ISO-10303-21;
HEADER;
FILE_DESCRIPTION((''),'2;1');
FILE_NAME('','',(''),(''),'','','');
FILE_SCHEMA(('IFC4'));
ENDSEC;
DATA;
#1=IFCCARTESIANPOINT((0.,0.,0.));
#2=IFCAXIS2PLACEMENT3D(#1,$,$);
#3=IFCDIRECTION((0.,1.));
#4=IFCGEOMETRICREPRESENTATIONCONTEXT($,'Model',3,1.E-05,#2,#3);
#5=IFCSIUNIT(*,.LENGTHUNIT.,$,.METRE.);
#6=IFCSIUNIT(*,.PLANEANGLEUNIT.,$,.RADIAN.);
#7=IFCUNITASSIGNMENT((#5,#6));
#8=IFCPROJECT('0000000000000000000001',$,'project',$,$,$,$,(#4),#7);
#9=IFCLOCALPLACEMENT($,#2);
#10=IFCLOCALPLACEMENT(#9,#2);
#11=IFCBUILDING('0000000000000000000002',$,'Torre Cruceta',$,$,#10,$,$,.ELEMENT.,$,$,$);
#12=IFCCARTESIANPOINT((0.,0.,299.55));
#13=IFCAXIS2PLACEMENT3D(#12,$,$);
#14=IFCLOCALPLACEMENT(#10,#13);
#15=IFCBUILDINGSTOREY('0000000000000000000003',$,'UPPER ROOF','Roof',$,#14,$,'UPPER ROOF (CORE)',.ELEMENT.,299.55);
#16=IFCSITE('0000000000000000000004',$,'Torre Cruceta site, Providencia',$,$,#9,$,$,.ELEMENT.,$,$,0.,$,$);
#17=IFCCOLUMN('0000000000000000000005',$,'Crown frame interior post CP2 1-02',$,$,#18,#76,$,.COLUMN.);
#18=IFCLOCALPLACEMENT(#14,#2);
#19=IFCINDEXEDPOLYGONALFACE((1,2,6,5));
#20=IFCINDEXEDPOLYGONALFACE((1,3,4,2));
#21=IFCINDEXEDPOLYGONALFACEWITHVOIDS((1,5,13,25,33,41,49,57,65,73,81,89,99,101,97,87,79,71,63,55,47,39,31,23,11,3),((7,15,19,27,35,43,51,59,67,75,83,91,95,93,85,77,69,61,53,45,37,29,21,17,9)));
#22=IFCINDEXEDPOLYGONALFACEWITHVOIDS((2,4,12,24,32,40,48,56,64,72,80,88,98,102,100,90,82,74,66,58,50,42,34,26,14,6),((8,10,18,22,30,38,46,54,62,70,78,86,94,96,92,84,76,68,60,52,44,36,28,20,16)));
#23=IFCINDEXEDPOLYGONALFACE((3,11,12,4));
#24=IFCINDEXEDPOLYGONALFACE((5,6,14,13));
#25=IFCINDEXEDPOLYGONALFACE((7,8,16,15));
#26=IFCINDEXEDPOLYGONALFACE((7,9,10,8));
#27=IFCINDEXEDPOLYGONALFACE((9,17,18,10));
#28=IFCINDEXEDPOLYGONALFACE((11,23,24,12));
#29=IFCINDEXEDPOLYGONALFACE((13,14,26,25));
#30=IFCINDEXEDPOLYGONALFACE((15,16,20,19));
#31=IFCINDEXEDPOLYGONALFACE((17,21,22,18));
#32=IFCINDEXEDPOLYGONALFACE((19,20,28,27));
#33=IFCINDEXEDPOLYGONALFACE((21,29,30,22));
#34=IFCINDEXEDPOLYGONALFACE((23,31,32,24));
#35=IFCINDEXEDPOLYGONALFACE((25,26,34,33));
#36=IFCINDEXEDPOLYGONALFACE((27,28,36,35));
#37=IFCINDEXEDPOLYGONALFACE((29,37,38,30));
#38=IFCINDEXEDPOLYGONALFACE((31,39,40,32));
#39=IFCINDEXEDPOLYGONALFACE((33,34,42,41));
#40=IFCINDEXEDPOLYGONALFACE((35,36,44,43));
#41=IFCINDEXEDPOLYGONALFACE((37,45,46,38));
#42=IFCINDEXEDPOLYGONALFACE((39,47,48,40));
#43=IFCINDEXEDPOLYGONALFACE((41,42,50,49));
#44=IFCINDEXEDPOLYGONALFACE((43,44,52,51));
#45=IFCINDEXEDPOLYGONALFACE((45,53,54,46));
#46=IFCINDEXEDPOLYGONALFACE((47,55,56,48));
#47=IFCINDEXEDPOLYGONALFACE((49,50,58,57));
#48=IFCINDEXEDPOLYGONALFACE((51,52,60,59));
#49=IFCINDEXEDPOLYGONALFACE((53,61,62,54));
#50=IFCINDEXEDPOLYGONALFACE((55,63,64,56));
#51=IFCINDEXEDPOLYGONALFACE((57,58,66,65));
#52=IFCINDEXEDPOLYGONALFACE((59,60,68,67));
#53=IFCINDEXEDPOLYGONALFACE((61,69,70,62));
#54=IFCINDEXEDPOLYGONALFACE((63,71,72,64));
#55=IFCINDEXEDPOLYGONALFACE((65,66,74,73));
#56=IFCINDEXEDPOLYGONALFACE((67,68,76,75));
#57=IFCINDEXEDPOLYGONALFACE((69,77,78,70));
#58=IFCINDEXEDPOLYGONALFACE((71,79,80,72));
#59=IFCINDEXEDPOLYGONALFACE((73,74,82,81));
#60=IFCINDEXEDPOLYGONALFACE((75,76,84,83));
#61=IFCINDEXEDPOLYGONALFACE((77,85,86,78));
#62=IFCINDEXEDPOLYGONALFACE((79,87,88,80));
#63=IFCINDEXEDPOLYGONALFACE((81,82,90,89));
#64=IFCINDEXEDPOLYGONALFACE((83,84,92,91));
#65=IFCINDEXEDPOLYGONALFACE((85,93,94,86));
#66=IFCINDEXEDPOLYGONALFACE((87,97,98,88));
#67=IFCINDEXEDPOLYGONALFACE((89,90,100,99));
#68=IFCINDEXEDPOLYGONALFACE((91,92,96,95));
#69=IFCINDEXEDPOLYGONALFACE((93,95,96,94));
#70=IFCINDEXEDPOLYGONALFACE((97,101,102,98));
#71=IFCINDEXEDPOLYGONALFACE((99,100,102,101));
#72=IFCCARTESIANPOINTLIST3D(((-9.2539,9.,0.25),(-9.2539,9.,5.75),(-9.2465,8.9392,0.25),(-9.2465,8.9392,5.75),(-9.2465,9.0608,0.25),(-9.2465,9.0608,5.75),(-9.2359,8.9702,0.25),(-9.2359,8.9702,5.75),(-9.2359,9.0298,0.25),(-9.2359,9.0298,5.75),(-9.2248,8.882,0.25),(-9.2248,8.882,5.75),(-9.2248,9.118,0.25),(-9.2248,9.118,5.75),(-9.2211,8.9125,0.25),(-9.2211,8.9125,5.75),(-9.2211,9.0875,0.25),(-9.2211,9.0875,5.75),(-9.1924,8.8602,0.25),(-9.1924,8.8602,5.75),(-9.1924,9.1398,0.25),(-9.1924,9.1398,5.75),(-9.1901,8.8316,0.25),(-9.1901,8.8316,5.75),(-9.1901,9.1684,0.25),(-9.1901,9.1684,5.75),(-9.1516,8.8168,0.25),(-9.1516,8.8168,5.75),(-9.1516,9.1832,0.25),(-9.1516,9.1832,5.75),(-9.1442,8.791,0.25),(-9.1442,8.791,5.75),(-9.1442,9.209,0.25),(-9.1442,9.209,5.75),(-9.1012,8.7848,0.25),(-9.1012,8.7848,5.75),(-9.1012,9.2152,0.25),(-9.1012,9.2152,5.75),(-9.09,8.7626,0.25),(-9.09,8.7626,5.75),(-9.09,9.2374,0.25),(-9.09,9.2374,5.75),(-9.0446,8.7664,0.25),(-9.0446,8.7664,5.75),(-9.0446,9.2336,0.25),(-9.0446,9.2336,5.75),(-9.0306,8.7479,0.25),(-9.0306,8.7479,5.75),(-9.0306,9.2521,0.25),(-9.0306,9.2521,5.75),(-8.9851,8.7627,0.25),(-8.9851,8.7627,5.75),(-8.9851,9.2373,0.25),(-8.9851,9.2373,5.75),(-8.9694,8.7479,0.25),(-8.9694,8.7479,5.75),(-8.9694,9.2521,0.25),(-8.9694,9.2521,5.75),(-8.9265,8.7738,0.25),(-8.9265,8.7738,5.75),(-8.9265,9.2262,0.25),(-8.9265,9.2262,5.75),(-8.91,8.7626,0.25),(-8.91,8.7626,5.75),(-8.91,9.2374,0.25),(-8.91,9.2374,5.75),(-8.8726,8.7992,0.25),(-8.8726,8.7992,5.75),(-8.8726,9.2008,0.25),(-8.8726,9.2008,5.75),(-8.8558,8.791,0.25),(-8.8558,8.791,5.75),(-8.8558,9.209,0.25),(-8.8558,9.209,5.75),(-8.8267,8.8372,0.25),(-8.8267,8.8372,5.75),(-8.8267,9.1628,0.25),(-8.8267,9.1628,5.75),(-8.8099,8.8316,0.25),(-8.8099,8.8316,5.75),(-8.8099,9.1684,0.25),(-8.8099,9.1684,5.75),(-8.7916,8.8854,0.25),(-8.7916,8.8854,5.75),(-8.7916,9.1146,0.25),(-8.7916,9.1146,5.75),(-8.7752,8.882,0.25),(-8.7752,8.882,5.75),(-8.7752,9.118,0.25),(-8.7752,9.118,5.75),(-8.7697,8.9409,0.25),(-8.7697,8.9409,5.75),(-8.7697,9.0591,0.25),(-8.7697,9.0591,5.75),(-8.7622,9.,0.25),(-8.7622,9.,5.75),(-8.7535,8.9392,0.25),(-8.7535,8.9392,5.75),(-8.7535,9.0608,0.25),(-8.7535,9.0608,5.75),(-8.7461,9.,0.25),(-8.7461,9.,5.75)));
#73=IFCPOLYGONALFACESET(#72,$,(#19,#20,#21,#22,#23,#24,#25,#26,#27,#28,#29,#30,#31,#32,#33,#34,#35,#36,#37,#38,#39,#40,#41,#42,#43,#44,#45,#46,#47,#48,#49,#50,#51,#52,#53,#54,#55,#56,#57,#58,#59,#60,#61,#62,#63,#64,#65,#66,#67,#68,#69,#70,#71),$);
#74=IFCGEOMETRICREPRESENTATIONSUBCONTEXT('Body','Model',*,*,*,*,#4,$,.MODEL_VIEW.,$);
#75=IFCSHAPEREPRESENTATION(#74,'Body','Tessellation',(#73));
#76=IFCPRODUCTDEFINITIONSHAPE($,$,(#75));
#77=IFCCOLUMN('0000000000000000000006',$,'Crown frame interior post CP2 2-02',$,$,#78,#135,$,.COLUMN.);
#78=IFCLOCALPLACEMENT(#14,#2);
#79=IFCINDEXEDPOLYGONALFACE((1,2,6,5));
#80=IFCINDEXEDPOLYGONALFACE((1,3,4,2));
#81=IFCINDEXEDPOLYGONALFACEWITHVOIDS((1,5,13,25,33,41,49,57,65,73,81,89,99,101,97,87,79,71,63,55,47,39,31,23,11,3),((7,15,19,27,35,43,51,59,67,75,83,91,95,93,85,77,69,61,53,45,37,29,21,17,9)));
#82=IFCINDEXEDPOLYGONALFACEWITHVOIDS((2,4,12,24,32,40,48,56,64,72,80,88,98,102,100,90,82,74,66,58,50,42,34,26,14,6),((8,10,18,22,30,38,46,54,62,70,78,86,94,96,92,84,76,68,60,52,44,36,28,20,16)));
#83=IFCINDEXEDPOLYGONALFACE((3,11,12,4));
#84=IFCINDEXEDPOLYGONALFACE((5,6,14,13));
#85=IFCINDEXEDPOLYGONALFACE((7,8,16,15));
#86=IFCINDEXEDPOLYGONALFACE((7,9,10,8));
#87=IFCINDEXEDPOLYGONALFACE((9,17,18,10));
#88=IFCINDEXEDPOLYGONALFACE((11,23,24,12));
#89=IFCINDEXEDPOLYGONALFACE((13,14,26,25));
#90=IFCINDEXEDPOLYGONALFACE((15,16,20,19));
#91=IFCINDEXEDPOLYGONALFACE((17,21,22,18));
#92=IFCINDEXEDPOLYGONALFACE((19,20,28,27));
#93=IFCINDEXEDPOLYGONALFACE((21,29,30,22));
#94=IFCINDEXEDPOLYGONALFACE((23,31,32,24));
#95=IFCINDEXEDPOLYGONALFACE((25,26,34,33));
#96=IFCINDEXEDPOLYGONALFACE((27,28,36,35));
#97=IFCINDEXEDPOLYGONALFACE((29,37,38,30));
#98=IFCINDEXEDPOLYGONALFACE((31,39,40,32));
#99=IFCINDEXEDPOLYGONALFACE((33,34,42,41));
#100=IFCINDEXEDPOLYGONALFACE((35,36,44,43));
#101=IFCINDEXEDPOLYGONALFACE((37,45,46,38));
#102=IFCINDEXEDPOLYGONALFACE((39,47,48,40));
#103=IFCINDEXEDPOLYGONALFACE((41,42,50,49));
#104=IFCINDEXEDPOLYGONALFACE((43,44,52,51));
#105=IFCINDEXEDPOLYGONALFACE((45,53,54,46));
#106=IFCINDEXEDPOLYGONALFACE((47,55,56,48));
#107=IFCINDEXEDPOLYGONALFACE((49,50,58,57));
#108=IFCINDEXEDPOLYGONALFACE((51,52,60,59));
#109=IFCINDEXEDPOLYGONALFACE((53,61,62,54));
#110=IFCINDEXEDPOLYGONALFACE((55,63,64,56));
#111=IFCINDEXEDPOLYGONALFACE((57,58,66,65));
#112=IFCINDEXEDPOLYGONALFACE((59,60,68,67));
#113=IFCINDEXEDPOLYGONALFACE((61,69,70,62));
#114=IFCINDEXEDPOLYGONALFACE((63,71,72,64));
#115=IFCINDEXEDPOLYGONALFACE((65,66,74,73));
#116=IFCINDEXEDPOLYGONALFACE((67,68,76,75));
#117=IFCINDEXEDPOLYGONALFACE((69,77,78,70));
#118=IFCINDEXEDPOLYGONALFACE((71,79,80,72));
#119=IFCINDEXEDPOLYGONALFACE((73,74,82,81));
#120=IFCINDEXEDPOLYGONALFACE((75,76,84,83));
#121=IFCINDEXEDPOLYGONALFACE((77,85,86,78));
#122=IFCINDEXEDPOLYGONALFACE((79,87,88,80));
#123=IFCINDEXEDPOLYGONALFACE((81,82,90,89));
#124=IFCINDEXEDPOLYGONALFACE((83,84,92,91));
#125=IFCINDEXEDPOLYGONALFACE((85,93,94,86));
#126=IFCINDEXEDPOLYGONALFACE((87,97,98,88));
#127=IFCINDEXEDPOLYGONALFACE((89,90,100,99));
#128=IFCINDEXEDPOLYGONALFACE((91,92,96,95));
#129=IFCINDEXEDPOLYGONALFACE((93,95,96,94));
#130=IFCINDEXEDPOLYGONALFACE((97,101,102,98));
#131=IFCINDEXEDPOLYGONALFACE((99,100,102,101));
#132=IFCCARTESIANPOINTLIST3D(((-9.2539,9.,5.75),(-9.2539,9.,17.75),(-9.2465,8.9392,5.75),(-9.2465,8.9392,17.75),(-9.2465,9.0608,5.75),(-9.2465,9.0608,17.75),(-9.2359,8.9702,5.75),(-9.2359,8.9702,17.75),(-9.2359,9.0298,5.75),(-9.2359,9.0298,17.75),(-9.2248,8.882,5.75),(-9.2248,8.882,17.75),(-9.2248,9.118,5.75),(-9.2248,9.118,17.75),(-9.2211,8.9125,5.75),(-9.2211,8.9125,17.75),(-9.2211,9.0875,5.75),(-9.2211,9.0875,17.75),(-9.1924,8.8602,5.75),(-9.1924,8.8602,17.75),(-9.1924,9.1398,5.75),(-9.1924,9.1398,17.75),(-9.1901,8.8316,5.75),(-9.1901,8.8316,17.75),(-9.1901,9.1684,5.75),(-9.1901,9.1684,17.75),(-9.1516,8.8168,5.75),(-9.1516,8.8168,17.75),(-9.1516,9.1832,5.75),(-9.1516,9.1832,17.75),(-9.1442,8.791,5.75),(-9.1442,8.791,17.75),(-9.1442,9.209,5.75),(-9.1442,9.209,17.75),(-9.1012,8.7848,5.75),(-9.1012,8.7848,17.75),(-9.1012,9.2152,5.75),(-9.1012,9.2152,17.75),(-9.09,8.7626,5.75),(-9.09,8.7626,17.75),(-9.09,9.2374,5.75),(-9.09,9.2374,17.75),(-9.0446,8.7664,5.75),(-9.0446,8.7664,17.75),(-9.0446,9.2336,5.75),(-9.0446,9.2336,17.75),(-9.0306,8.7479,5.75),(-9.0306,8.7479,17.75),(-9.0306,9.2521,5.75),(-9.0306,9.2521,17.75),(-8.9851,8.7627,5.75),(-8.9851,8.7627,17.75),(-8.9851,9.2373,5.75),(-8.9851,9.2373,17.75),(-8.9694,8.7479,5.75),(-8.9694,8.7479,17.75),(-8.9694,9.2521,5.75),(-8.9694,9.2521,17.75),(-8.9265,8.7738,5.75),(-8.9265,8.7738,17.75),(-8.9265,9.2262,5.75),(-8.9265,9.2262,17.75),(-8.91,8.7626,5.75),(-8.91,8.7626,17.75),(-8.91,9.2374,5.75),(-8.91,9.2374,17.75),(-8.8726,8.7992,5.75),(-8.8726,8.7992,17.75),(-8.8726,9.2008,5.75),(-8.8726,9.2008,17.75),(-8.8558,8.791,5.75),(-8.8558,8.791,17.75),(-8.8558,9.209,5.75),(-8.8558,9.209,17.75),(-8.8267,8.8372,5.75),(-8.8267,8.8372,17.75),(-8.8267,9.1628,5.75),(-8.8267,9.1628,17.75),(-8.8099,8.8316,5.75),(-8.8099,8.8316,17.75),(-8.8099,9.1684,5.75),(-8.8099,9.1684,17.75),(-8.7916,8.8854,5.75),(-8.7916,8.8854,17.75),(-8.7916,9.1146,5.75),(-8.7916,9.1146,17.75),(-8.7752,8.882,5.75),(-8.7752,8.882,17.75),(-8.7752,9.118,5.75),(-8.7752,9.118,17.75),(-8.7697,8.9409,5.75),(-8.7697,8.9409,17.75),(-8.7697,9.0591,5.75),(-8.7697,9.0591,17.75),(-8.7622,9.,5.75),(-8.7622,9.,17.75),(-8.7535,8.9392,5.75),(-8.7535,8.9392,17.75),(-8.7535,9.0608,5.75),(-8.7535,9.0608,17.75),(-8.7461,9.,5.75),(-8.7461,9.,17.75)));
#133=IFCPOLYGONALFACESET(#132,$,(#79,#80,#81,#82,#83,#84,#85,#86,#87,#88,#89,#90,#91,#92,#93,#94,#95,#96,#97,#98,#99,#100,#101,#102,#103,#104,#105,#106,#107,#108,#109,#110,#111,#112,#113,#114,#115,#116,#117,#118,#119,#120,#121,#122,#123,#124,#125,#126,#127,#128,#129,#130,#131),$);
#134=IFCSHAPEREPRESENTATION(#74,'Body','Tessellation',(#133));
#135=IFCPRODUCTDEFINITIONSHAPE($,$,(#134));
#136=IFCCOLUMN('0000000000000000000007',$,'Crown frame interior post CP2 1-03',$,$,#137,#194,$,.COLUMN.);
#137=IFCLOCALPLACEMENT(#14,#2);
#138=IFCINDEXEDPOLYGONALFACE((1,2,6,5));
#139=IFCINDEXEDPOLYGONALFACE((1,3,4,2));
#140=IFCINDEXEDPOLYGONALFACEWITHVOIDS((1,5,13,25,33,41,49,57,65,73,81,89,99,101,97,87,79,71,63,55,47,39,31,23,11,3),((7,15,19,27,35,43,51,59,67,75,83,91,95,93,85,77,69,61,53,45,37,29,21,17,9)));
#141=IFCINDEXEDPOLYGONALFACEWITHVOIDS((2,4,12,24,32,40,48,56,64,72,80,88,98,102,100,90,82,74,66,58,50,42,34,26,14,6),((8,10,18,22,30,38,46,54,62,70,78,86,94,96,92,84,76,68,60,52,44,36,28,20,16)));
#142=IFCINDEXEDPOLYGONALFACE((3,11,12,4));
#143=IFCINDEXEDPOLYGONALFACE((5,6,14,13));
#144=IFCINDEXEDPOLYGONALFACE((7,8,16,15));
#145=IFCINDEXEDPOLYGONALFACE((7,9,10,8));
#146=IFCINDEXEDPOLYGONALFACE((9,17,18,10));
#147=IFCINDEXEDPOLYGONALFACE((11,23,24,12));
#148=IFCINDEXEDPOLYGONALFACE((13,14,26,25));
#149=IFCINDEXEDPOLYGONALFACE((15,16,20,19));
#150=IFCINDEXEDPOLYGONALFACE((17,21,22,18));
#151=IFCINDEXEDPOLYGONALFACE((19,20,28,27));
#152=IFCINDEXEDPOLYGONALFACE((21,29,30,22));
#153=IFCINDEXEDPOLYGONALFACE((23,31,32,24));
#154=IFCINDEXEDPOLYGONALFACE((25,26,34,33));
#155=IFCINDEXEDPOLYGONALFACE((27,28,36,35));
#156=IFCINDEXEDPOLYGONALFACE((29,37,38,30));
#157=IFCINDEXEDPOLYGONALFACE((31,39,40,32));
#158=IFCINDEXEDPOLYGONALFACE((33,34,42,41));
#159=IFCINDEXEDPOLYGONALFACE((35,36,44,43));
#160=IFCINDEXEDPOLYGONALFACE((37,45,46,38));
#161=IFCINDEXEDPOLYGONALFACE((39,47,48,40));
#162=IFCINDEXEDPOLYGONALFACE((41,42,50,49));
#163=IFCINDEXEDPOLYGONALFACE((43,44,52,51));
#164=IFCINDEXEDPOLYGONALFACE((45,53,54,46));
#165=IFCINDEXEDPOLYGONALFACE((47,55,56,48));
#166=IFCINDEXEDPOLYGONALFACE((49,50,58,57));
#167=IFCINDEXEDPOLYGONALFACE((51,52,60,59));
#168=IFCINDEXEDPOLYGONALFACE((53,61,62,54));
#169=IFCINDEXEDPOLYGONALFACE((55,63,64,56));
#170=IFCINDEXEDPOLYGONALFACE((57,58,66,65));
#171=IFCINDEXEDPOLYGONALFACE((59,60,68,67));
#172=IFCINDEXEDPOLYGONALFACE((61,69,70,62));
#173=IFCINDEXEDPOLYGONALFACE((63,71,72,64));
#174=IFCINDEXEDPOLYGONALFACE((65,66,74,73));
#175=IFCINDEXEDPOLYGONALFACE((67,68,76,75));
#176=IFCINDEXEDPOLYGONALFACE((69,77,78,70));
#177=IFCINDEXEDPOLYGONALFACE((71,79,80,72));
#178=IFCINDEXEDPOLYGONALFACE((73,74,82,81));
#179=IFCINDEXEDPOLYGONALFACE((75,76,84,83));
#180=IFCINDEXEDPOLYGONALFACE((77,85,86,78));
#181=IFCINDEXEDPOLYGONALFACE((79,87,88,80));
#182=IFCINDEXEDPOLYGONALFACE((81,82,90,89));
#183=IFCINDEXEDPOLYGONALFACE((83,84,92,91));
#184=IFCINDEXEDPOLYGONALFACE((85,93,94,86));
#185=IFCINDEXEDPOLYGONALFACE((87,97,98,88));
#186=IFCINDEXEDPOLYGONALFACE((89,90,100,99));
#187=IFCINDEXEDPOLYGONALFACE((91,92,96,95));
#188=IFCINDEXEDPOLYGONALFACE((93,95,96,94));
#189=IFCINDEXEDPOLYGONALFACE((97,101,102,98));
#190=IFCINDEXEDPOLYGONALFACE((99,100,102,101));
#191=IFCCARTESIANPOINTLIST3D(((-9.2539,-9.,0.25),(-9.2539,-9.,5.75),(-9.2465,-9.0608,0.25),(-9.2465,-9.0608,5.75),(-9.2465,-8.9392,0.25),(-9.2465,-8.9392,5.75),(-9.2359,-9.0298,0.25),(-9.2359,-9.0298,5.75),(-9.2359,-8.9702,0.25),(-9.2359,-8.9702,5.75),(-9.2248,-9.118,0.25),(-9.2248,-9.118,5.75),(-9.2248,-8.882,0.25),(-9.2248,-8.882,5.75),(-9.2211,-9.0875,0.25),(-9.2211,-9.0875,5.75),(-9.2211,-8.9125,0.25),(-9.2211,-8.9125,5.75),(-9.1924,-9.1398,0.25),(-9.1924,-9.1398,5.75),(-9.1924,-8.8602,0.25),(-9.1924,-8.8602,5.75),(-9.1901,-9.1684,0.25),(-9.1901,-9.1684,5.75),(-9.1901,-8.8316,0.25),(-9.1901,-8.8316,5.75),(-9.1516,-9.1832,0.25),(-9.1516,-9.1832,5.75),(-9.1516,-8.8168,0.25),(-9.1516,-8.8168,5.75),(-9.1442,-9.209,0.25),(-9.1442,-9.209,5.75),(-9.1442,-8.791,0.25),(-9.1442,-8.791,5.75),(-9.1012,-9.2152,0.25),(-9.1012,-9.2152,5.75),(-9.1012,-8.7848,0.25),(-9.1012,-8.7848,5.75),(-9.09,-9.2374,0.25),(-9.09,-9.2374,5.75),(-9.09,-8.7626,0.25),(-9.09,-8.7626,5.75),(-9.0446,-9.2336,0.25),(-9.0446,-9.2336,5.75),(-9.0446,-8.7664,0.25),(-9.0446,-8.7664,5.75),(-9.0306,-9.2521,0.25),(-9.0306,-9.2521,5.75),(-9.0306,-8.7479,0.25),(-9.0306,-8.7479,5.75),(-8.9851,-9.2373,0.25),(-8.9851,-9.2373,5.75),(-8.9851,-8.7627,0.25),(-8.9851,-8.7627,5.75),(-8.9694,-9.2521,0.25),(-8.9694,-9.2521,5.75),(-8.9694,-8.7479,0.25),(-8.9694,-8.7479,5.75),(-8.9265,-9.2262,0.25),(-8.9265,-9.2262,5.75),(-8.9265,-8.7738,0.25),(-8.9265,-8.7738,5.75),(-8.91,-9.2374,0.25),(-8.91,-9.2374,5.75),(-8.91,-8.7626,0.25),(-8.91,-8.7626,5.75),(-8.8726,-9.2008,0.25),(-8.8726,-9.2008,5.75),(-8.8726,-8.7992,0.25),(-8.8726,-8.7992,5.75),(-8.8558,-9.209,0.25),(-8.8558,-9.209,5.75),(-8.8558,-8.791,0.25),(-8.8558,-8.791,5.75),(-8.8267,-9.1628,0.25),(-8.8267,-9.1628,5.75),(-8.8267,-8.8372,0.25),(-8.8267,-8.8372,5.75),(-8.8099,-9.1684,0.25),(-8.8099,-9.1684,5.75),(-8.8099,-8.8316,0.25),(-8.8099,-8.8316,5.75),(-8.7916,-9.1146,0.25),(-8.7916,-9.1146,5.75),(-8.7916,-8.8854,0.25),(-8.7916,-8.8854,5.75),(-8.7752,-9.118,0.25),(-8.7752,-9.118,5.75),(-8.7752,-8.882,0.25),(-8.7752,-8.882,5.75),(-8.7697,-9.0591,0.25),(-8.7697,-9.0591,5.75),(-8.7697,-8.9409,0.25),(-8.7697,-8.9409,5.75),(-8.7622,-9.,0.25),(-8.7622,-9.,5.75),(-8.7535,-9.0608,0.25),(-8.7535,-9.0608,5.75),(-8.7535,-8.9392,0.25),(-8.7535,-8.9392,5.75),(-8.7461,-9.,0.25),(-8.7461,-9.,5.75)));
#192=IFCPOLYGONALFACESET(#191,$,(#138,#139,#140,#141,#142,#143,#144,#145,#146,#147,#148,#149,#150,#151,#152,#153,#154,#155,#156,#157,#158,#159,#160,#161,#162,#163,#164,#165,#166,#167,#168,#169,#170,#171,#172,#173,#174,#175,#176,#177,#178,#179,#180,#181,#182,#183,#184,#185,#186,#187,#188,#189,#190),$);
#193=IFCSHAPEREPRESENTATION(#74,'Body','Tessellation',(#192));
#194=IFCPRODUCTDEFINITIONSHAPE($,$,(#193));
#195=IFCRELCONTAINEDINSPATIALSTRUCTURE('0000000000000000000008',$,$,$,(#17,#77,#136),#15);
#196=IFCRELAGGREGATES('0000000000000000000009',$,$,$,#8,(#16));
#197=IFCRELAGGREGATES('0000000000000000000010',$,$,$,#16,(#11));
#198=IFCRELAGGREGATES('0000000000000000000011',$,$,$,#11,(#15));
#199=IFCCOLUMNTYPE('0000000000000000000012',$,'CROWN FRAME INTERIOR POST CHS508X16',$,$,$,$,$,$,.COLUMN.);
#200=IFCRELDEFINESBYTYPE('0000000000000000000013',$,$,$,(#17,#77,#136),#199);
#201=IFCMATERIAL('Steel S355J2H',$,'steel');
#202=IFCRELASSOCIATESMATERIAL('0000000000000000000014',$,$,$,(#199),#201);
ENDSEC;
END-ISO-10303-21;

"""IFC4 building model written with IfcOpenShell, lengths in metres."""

from ifc_helpers import new_model, si_unit, direction, frame, origin, origin_2d, place, context, subcontext, project, spatial, hollow_circle, extrude, material, material_profile, profile_set, type_object, element, save


model = new_model("IFC4")

# Units and contexts
model_context = context("Model", 3, precision=1e-05, world=origin(), true_north=direction((0.0, 1.0)))
body_context = subcontext(model_context, "Body", "Model", "MODEL_VIEW")
ifc_project = project(units=[si_unit("LENGTHUNIT", "METRE"), si_unit("PLANEANGLEUNIT", "RADIAN")], contexts=[model_context])

# Site, building, storey
site_placement = place(None, origin())
site = spatial("IfcSite", under=ifc_project, at=site_placement, Name="Torre Cruceta site, Providencia", CompositionType="ELEMENT", RefElevation=0.0)
building_placement = place(site_placement, origin())
building = spatial("IfcBuilding", under=site, at=building_placement, Name="Torre Cruceta", CompositionType="ELEMENT")
storey_placement = place(building_placement, frame((0.0, 0.0, 299.55)))
storey = spatial("IfcBuildingStorey", under=building, at=storey_placement, Name="UPPER ROOF", Description="Roof", LongName="UPPER ROOF (CORE)", CompositionType="ELEMENT", Elevation=299.55)

# Columns
ifc_material_1 = material(Name="Steel S355J2H", Category="steel")
ifc_material_profile_1 = material_profile(ifc_material_1, hollow_circle(Radius=0.2539, WallThickness=0.0161, at=origin_2d()), Name="CHS508X16")
ifc_profile_set_1 = profile_set([ifc_material_profile_1], Name="Steel S355J2H")
column_type_1 = type_object("IfcColumnType", Name="CROWN FRAME INTERIOR POST CHS508X16", PredefinedType="COLUMN", material=ifc_profile_set_1)
column_1_placement = place(storey_placement, frame((-9.0, 9.0, 0.25), z_axis=(0.0, 0.0, 1.0), x_axis=(1.0, 0.0, 0.0)))
element("IfcColumn", 1, at=column_1_placement, inside=storey, type_object=column_type_1, Name="Crown frame interior post CP2 1-02", PredefinedType="COLUMN", context=body_context, shape_type="SweptSolid", body=[
    extrude(hollow_circle(Radius=0.2539, WallThickness=0.0161, at=origin_2d()), origin(), (0.0, 0.0, 1.0), 5.5),
])
column_2_placement = place(storey_placement, frame((-9.0, 9.0, 5.75), z_axis=(0.0, 0.0, 1.0), x_axis=(1.0, 0.0, 0.0)))
element("IfcColumn", 2, at=column_2_placement, inside=storey, type_object=column_type_1, Name="Crown frame interior post CP2 2-02", PredefinedType="COLUMN", context=body_context, shape_type="SweptSolid", body=[
    extrude(hollow_circle(Radius=0.2539, WallThickness=0.0161, at=origin_2d()), origin(), (0.0, 0.0, 1.0), 12.0),
])
column_3_placement = place(storey_placement, frame((-9.0, -9.0, 0.25), z_axis=(0.0, 0.0, 1.0), x_axis=(1.0, 0.0, 0.0)))
element("IfcColumn", 3, at=column_3_placement, inside=storey, type_object=column_type_1, Name="Crown frame interior post CP2 1-03", PredefinedType="COLUMN", context=body_context, shape_type="SweptSolid", body=[
    extrude(hollow_circle(Radius=0.2539, WallThickness=0.0161, at=origin_2d()), origin(), (0.0, 0.0, 1.0), 5.5),
])

save(model, "model.ifc")
